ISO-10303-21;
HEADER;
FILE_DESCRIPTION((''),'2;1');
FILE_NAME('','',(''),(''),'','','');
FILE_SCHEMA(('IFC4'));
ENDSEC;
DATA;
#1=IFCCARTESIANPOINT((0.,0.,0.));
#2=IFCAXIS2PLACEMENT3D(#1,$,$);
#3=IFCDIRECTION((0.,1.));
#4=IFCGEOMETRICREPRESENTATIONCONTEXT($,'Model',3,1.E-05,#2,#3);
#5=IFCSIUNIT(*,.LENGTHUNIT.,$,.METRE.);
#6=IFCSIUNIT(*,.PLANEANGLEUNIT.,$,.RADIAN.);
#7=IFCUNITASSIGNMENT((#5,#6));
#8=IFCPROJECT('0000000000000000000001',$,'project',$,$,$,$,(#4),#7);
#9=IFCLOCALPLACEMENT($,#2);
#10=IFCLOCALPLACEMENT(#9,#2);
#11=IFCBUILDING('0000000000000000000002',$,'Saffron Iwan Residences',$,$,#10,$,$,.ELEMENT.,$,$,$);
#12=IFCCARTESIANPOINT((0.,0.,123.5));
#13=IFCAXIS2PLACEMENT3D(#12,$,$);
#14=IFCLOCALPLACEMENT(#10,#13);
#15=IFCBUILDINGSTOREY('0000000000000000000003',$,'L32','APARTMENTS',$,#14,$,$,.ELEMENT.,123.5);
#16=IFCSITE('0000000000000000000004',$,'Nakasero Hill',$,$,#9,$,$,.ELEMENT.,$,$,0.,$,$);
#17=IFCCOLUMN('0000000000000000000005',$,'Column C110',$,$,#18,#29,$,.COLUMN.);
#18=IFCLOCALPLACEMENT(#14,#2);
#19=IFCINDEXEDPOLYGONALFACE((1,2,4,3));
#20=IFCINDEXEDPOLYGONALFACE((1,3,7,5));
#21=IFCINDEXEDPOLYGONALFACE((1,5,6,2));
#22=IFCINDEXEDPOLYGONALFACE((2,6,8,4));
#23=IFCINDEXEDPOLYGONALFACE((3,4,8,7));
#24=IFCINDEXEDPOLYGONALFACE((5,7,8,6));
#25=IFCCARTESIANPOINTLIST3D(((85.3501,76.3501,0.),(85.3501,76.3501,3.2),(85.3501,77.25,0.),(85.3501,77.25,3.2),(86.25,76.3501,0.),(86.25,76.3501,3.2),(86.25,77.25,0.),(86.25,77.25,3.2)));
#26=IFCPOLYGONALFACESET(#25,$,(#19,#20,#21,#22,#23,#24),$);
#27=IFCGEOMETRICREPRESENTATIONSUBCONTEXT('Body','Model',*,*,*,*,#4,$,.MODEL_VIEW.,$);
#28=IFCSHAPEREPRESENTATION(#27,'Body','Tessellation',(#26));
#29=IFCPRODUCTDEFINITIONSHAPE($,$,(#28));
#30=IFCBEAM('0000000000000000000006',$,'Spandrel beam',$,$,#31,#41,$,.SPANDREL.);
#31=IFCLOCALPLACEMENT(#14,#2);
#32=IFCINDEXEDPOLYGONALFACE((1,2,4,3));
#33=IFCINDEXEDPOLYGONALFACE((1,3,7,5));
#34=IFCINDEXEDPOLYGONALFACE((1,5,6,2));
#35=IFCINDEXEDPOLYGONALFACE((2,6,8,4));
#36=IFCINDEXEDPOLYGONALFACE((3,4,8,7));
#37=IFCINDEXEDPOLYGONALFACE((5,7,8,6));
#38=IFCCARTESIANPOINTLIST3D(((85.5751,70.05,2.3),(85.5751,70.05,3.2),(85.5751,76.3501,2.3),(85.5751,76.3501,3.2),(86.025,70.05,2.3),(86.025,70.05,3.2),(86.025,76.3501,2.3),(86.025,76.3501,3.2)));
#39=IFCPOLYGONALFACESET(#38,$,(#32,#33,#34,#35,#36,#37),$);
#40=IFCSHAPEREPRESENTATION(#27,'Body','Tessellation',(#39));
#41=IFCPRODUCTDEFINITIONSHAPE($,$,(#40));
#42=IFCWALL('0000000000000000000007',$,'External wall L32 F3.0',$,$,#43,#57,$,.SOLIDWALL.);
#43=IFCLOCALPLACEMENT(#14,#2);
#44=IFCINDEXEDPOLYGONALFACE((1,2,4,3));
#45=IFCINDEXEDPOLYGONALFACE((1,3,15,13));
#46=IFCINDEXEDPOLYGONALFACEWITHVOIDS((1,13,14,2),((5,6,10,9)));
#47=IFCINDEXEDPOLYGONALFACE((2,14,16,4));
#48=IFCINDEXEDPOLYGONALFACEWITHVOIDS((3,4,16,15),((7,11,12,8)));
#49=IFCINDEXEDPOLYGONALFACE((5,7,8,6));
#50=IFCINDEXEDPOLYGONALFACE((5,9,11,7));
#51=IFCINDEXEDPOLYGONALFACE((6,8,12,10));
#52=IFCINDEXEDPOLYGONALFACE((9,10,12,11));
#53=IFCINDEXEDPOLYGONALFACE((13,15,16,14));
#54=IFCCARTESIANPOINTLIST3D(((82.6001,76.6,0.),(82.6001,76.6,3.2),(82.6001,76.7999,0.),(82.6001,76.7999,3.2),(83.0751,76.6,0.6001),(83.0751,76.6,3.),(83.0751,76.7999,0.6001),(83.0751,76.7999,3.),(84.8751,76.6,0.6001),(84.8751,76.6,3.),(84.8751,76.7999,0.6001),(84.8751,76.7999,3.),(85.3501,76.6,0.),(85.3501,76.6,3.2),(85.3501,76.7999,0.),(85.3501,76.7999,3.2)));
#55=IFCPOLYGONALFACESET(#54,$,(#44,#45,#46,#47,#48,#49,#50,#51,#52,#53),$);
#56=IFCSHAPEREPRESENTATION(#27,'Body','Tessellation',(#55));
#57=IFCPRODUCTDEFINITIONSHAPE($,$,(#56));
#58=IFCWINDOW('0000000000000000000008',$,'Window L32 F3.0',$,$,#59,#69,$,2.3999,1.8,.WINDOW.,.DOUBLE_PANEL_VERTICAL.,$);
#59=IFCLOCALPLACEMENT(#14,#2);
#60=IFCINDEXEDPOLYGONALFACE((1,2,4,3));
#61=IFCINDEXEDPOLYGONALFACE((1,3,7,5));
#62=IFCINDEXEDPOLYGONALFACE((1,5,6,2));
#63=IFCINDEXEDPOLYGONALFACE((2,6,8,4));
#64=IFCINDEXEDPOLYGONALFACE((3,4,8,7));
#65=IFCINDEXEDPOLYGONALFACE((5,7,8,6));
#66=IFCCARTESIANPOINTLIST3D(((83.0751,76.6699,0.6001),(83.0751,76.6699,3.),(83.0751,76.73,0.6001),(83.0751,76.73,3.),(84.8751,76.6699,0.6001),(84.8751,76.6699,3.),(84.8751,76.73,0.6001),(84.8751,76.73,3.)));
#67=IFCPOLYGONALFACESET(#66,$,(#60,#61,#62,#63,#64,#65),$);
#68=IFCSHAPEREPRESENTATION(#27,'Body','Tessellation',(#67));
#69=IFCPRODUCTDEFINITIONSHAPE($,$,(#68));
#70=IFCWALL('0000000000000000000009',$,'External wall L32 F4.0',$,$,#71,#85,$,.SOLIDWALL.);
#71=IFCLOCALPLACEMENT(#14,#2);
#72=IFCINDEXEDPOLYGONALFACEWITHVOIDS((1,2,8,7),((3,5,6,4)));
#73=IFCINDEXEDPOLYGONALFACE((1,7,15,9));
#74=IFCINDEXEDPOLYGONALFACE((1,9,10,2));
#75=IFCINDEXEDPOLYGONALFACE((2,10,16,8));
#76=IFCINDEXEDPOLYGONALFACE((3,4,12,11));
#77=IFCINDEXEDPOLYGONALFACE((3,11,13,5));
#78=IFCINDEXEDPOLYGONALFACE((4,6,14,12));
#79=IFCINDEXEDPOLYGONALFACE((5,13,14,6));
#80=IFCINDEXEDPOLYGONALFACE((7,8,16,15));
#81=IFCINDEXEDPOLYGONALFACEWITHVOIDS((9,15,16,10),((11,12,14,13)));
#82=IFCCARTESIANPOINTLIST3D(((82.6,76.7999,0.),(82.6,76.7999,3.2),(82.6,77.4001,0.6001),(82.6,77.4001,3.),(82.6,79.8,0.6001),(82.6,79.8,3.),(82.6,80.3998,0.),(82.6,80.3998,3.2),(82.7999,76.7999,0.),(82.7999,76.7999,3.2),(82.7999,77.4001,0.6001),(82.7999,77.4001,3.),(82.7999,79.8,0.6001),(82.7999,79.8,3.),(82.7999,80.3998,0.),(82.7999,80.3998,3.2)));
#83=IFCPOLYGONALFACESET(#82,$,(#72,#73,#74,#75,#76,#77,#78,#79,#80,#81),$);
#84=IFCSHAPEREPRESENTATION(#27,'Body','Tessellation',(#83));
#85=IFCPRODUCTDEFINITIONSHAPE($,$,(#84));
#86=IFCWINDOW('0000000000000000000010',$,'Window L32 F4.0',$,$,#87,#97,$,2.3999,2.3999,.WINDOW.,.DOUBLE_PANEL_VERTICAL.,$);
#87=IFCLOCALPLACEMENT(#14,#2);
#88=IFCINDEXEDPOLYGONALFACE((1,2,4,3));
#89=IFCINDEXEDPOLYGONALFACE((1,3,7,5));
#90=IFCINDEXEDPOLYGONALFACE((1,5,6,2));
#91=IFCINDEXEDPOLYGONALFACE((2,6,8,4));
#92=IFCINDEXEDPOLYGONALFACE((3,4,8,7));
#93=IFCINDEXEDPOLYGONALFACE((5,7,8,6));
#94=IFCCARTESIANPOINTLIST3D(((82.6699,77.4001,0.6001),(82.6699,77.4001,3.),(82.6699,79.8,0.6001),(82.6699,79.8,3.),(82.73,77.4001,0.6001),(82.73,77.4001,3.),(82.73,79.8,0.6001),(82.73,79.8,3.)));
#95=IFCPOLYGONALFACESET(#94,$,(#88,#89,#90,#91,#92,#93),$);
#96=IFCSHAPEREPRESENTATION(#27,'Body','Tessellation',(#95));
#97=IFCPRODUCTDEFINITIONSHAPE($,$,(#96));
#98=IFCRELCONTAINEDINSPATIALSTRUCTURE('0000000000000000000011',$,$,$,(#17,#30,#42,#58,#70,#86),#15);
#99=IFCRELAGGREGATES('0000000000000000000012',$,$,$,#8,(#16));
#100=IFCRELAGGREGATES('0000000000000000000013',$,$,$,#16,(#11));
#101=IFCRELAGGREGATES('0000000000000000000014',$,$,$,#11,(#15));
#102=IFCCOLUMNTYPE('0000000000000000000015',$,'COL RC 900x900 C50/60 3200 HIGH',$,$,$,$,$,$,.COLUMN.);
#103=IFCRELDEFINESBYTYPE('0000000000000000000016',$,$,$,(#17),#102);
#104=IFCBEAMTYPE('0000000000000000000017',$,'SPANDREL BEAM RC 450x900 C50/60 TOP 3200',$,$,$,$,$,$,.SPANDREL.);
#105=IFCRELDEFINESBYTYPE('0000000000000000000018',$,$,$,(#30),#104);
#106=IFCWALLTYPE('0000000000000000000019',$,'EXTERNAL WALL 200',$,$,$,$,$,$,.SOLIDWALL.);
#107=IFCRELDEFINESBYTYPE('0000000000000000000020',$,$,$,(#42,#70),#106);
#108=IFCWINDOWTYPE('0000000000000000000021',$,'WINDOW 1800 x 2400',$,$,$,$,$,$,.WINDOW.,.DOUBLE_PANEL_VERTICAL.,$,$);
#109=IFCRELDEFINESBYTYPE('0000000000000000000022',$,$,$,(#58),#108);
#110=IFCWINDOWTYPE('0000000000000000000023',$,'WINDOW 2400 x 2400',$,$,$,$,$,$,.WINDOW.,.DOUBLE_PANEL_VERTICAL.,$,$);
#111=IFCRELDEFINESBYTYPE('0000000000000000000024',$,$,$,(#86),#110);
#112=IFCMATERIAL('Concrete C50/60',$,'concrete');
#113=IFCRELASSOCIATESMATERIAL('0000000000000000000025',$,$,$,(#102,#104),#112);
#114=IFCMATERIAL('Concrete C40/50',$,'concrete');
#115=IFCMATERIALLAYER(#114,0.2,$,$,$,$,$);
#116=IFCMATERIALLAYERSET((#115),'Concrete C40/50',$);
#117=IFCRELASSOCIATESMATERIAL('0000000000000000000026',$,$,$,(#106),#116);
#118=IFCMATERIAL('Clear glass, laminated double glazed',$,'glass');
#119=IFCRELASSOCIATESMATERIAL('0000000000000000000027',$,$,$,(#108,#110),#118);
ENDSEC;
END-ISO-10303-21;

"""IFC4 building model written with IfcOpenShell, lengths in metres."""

from ifc_helpers import new_model, si_unit, direction, frame, frame_2d, origin, origin_2d, place, context, subcontext, project, spatial, rectangle, extrude, source, transform, mapped, material, layer, layer_set, material_profile, profile_set, type_object, element, fill, save


model = new_model("IFC4")

# Units and contexts
model_context = context("Model", 3, precision=1e-05, world=origin(), true_north=direction((0.0, 1.0)))
body_context = subcontext(model_context, "Body", "Model", "MODEL_VIEW")
ifc_project = project(units=[si_unit("LENGTHUNIT", "METRE"), si_unit("PLANEANGLEUNIT", "RADIAN")], contexts=[model_context])

# Site, building, storey
site_placement = place(None, origin())
site = spatial("IfcSite", under=ifc_project, at=site_placement, Name="Nakasero Hill", CompositionType="ELEMENT", RefElevation=0.0)
building_placement = place(site_placement, origin())
building = spatial("IfcBuilding", under=site, at=building_placement, Name="Saffron Iwan Residences", CompositionType="ELEMENT")
storey_placement = place(building_placement, frame((0.0, 0.0, 123.5)))
storey = spatial("IfcBuildingStorey", under=building, at=storey_placement, Name="L32", Description="APARTMENTS", CompositionType="ELEMENT", Elevation=123.5)

# Column
ifc_material_1 = material(Name="Concrete C50/60", Category="concrete")
ifc_material_profile_1 = material_profile(ifc_material_1, rectangle(XDim=0.8999, YDim=0.8999, at=origin_2d()), Name="RC 900x900")
ifc_profile_set_1 = profile_set([ifc_material_profile_1], Name="Concrete C50/60")
column_type = type_object("IfcColumnType", Name="COL RC 900x900 C50/60 3200 HIGH", PredefinedType="COLUMN", material=ifc_profile_set_1)
shared_shape_1 = source(origin(), body_context, "Body", "SweptSolid", [
    extrude(rectangle(XDim=0.8999, YDim=0.8999, at=origin_2d()), origin(), (0.0, 0.0, 1.0), 3.2),
])
column_placement = place(storey_placement, frame((85.8, 76.8, 0.0), z_axis=(0.0, 0.0, 1.0), x_axis=(1.0, 0.0, 0.0)))
element("IfcColumn", 1, at=column_placement, inside=storey, type_object=column_type, Name="Column C110", PredefinedType="COLUMN", context=body_context, shape_type="MappedRepresentation", body=[
    mapped(shared_shape_1, transform((0.0, 0.0, 0.0))),
])

# Beam
ifc_material_profile_2 = material_profile(ifc_material_1, rectangle(XDim=0.45, YDim=0.8999, at=origin_2d()), Name="RC 450x900")
ifc_profile_set_2 = profile_set([ifc_material_profile_2], Name="Concrete C50/60")
beam_type = type_object("IfcBeamType", Name="SPANDREL BEAM RC 450x900 C50/60 TOP 3200", PredefinedType="SPANDREL", material=ifc_profile_set_2)
shared_shape_2 = source(origin(), body_context, "Body", "SweptSolid", [
    extrude(rectangle(XDim=0.45, YDim=0.8999, at=origin_2d()), origin(), (0.0, 0.0, 1.0), 6.3),
])
beam_placement = place(storey_placement, frame((85.8, 76.3501, 2.75), z_axis=(0.0, -1.0, 0.0), x_axis=(1.0, 0.0, 0.0)))
element("IfcBeam", 2, at=beam_placement, inside=storey, type_object=beam_type, Name="Spandrel beam", PredefinedType="SPANDREL", context=body_context, shape_type="MappedRepresentation", body=[
    mapped(shared_shape_2, transform((0.0, 0.0, 0.0))),
])

# Walls, openings, windows
ifc_material_2 = material(Name="Concrete C40/50", Category="concrete")
ifc_layer = layer(ifc_material_2, 0.2)
ifc_layer_set = layer_set([ifc_layer], Name="Concrete C40/50")
wall_type = type_object("IfcWallType", Name="EXTERNAL WALL 200", PredefinedType="SOLIDWALL", material=ifc_layer_set)
wall_1_placement = place(storey_placement, frame((85.3501, 76.7, 0.0), z_axis=(0.0, 0.0, 1.0), x_axis=(-1.0, 0.0, 0.0)))
wall_1 = element("IfcWall", 3, at=wall_1_placement, inside=storey, type_object=wall_type, Name="External wall L32 F3.0", PredefinedType="SOLIDWALL", context=body_context, shape_type="SweptSolid", body=[
    extrude(rectangle(XDim=2.75, YDim=0.2, at=frame_2d((1.375, 0.0))), origin(), (0.0, 0.0, 1.0), 3.2),
])
opening_1_placement = place(wall_1_placement, frame((0.4751, 0.0, 0.6001)))
opening_1 = element("IfcOpeningElement", 4, at=opening_1_placement, cuts=wall_1, PredefinedType="OPENING", context=body_context, shape_type="SweptSolid", body=[
    extrude(rectangle(XDim=1.8, YDim=2.3999, at=frame_2d((0.8999, 1.2))), frame((0.0, 0.1099, 0.0), z_axis=(0.0, -1.0, 0.0), x_axis=(1.0, 0.0, 0.0)), (0.0, 0.0, 1.0), 0.22),
])
ifc_material_3 = material(Name="Clear glass, laminated double glazed", Category="glass")
window_type_1 = type_object("IfcWindowType", Name="WINDOW 1800 x 2400", PartitioningType="DOUBLE_PANEL_VERTICAL", PredefinedType="WINDOW", material=ifc_material_3)
window_1_placement = place(opening_1_placement, origin())
window_1 = element("IfcWindow", 5, at=window_1_placement, inside=storey, type_object=window_type_1, Name="Window L32 F3.0", OverallHeight=2.3999, OverallWidth=1.8, PartitioningType="DOUBLE_PANEL_VERTICAL", PredefinedType="WINDOW", context=body_context, shape_type="SweptSolid", body=[
    extrude(rectangle(XDim=1.8, YDim=2.3999, at=frame_2d((0.8999, 1.2))), frame((0.0, 0.03, 0.0), z_axis=(0.0, -1.0, 0.0), x_axis=(1.0, 0.0, 0.0)), (0.0, 0.0, 1.0), 0.0601),
])
fill(opening_1, window_1)
wall_2_placement = place(storey_placement, frame((82.7, 76.8, 0.0), z_axis=(0.0, 0.0, 1.0), x_axis=(0.0, 1.0, 0.0)))
wall_2 = element("IfcWall", 6, at=wall_2_placement, inside=storey, type_object=wall_type, Name="External wall L32 F4.0", PredefinedType="SOLIDWALL", context=body_context, shape_type="SweptSolid", body=[
    extrude(rectangle(XDim=3.5999, YDim=0.2, at=frame_2d((1.7998, 0.0))), origin(), (0.0, 0.0, 1.0), 3.2),
])
opening_2_placement = place(wall_2_placement, frame((0.6001, 0.0, 0.6001)))
opening_2 = element("IfcOpeningElement", 7, at=opening_2_placement, cuts=wall_2, PredefinedType="OPENING", context=body_context, shape_type="SweptSolid", body=[
    extrude(rectangle(XDim=2.3999, YDim=2.3999, at=frame_2d((1.2, 1.2))), frame((0.0, 0.1099, 0.0), z_axis=(0.0, -1.0, 0.0), x_axis=(1.0, 0.0, 0.0)), (0.0, 0.0, 1.0), 0.22),
])
window_type_2 = type_object("IfcWindowType", Name="WINDOW 2400 x 2400", PartitioningType="DOUBLE_PANEL_VERTICAL", PredefinedType="WINDOW", material=ifc_material_3)
window_2_placement = place(opening_2_placement, origin())
window_2 = element("IfcWindow", 8, at=window_2_placement, inside=storey, type_object=window_type_2, Name="Window L32 F4.0", OverallHeight=2.3999, OverallWidth=2.3999, PartitioningType="DOUBLE_PANEL_VERTICAL", PredefinedType="WINDOW", context=body_context, shape_type="SweptSolid", body=[
    extrude(rectangle(XDim=2.3999, YDim=2.3999, at=frame_2d((1.2, 1.2))), frame((0.0, 0.03, 0.0), z_axis=(0.0, -1.0, 0.0), x_axis=(1.0, 0.0, 0.0)), (0.0, 0.0, 1.0), 0.0601),
])
fill(opening_2, window_2)

save(model, "model.ifc")
